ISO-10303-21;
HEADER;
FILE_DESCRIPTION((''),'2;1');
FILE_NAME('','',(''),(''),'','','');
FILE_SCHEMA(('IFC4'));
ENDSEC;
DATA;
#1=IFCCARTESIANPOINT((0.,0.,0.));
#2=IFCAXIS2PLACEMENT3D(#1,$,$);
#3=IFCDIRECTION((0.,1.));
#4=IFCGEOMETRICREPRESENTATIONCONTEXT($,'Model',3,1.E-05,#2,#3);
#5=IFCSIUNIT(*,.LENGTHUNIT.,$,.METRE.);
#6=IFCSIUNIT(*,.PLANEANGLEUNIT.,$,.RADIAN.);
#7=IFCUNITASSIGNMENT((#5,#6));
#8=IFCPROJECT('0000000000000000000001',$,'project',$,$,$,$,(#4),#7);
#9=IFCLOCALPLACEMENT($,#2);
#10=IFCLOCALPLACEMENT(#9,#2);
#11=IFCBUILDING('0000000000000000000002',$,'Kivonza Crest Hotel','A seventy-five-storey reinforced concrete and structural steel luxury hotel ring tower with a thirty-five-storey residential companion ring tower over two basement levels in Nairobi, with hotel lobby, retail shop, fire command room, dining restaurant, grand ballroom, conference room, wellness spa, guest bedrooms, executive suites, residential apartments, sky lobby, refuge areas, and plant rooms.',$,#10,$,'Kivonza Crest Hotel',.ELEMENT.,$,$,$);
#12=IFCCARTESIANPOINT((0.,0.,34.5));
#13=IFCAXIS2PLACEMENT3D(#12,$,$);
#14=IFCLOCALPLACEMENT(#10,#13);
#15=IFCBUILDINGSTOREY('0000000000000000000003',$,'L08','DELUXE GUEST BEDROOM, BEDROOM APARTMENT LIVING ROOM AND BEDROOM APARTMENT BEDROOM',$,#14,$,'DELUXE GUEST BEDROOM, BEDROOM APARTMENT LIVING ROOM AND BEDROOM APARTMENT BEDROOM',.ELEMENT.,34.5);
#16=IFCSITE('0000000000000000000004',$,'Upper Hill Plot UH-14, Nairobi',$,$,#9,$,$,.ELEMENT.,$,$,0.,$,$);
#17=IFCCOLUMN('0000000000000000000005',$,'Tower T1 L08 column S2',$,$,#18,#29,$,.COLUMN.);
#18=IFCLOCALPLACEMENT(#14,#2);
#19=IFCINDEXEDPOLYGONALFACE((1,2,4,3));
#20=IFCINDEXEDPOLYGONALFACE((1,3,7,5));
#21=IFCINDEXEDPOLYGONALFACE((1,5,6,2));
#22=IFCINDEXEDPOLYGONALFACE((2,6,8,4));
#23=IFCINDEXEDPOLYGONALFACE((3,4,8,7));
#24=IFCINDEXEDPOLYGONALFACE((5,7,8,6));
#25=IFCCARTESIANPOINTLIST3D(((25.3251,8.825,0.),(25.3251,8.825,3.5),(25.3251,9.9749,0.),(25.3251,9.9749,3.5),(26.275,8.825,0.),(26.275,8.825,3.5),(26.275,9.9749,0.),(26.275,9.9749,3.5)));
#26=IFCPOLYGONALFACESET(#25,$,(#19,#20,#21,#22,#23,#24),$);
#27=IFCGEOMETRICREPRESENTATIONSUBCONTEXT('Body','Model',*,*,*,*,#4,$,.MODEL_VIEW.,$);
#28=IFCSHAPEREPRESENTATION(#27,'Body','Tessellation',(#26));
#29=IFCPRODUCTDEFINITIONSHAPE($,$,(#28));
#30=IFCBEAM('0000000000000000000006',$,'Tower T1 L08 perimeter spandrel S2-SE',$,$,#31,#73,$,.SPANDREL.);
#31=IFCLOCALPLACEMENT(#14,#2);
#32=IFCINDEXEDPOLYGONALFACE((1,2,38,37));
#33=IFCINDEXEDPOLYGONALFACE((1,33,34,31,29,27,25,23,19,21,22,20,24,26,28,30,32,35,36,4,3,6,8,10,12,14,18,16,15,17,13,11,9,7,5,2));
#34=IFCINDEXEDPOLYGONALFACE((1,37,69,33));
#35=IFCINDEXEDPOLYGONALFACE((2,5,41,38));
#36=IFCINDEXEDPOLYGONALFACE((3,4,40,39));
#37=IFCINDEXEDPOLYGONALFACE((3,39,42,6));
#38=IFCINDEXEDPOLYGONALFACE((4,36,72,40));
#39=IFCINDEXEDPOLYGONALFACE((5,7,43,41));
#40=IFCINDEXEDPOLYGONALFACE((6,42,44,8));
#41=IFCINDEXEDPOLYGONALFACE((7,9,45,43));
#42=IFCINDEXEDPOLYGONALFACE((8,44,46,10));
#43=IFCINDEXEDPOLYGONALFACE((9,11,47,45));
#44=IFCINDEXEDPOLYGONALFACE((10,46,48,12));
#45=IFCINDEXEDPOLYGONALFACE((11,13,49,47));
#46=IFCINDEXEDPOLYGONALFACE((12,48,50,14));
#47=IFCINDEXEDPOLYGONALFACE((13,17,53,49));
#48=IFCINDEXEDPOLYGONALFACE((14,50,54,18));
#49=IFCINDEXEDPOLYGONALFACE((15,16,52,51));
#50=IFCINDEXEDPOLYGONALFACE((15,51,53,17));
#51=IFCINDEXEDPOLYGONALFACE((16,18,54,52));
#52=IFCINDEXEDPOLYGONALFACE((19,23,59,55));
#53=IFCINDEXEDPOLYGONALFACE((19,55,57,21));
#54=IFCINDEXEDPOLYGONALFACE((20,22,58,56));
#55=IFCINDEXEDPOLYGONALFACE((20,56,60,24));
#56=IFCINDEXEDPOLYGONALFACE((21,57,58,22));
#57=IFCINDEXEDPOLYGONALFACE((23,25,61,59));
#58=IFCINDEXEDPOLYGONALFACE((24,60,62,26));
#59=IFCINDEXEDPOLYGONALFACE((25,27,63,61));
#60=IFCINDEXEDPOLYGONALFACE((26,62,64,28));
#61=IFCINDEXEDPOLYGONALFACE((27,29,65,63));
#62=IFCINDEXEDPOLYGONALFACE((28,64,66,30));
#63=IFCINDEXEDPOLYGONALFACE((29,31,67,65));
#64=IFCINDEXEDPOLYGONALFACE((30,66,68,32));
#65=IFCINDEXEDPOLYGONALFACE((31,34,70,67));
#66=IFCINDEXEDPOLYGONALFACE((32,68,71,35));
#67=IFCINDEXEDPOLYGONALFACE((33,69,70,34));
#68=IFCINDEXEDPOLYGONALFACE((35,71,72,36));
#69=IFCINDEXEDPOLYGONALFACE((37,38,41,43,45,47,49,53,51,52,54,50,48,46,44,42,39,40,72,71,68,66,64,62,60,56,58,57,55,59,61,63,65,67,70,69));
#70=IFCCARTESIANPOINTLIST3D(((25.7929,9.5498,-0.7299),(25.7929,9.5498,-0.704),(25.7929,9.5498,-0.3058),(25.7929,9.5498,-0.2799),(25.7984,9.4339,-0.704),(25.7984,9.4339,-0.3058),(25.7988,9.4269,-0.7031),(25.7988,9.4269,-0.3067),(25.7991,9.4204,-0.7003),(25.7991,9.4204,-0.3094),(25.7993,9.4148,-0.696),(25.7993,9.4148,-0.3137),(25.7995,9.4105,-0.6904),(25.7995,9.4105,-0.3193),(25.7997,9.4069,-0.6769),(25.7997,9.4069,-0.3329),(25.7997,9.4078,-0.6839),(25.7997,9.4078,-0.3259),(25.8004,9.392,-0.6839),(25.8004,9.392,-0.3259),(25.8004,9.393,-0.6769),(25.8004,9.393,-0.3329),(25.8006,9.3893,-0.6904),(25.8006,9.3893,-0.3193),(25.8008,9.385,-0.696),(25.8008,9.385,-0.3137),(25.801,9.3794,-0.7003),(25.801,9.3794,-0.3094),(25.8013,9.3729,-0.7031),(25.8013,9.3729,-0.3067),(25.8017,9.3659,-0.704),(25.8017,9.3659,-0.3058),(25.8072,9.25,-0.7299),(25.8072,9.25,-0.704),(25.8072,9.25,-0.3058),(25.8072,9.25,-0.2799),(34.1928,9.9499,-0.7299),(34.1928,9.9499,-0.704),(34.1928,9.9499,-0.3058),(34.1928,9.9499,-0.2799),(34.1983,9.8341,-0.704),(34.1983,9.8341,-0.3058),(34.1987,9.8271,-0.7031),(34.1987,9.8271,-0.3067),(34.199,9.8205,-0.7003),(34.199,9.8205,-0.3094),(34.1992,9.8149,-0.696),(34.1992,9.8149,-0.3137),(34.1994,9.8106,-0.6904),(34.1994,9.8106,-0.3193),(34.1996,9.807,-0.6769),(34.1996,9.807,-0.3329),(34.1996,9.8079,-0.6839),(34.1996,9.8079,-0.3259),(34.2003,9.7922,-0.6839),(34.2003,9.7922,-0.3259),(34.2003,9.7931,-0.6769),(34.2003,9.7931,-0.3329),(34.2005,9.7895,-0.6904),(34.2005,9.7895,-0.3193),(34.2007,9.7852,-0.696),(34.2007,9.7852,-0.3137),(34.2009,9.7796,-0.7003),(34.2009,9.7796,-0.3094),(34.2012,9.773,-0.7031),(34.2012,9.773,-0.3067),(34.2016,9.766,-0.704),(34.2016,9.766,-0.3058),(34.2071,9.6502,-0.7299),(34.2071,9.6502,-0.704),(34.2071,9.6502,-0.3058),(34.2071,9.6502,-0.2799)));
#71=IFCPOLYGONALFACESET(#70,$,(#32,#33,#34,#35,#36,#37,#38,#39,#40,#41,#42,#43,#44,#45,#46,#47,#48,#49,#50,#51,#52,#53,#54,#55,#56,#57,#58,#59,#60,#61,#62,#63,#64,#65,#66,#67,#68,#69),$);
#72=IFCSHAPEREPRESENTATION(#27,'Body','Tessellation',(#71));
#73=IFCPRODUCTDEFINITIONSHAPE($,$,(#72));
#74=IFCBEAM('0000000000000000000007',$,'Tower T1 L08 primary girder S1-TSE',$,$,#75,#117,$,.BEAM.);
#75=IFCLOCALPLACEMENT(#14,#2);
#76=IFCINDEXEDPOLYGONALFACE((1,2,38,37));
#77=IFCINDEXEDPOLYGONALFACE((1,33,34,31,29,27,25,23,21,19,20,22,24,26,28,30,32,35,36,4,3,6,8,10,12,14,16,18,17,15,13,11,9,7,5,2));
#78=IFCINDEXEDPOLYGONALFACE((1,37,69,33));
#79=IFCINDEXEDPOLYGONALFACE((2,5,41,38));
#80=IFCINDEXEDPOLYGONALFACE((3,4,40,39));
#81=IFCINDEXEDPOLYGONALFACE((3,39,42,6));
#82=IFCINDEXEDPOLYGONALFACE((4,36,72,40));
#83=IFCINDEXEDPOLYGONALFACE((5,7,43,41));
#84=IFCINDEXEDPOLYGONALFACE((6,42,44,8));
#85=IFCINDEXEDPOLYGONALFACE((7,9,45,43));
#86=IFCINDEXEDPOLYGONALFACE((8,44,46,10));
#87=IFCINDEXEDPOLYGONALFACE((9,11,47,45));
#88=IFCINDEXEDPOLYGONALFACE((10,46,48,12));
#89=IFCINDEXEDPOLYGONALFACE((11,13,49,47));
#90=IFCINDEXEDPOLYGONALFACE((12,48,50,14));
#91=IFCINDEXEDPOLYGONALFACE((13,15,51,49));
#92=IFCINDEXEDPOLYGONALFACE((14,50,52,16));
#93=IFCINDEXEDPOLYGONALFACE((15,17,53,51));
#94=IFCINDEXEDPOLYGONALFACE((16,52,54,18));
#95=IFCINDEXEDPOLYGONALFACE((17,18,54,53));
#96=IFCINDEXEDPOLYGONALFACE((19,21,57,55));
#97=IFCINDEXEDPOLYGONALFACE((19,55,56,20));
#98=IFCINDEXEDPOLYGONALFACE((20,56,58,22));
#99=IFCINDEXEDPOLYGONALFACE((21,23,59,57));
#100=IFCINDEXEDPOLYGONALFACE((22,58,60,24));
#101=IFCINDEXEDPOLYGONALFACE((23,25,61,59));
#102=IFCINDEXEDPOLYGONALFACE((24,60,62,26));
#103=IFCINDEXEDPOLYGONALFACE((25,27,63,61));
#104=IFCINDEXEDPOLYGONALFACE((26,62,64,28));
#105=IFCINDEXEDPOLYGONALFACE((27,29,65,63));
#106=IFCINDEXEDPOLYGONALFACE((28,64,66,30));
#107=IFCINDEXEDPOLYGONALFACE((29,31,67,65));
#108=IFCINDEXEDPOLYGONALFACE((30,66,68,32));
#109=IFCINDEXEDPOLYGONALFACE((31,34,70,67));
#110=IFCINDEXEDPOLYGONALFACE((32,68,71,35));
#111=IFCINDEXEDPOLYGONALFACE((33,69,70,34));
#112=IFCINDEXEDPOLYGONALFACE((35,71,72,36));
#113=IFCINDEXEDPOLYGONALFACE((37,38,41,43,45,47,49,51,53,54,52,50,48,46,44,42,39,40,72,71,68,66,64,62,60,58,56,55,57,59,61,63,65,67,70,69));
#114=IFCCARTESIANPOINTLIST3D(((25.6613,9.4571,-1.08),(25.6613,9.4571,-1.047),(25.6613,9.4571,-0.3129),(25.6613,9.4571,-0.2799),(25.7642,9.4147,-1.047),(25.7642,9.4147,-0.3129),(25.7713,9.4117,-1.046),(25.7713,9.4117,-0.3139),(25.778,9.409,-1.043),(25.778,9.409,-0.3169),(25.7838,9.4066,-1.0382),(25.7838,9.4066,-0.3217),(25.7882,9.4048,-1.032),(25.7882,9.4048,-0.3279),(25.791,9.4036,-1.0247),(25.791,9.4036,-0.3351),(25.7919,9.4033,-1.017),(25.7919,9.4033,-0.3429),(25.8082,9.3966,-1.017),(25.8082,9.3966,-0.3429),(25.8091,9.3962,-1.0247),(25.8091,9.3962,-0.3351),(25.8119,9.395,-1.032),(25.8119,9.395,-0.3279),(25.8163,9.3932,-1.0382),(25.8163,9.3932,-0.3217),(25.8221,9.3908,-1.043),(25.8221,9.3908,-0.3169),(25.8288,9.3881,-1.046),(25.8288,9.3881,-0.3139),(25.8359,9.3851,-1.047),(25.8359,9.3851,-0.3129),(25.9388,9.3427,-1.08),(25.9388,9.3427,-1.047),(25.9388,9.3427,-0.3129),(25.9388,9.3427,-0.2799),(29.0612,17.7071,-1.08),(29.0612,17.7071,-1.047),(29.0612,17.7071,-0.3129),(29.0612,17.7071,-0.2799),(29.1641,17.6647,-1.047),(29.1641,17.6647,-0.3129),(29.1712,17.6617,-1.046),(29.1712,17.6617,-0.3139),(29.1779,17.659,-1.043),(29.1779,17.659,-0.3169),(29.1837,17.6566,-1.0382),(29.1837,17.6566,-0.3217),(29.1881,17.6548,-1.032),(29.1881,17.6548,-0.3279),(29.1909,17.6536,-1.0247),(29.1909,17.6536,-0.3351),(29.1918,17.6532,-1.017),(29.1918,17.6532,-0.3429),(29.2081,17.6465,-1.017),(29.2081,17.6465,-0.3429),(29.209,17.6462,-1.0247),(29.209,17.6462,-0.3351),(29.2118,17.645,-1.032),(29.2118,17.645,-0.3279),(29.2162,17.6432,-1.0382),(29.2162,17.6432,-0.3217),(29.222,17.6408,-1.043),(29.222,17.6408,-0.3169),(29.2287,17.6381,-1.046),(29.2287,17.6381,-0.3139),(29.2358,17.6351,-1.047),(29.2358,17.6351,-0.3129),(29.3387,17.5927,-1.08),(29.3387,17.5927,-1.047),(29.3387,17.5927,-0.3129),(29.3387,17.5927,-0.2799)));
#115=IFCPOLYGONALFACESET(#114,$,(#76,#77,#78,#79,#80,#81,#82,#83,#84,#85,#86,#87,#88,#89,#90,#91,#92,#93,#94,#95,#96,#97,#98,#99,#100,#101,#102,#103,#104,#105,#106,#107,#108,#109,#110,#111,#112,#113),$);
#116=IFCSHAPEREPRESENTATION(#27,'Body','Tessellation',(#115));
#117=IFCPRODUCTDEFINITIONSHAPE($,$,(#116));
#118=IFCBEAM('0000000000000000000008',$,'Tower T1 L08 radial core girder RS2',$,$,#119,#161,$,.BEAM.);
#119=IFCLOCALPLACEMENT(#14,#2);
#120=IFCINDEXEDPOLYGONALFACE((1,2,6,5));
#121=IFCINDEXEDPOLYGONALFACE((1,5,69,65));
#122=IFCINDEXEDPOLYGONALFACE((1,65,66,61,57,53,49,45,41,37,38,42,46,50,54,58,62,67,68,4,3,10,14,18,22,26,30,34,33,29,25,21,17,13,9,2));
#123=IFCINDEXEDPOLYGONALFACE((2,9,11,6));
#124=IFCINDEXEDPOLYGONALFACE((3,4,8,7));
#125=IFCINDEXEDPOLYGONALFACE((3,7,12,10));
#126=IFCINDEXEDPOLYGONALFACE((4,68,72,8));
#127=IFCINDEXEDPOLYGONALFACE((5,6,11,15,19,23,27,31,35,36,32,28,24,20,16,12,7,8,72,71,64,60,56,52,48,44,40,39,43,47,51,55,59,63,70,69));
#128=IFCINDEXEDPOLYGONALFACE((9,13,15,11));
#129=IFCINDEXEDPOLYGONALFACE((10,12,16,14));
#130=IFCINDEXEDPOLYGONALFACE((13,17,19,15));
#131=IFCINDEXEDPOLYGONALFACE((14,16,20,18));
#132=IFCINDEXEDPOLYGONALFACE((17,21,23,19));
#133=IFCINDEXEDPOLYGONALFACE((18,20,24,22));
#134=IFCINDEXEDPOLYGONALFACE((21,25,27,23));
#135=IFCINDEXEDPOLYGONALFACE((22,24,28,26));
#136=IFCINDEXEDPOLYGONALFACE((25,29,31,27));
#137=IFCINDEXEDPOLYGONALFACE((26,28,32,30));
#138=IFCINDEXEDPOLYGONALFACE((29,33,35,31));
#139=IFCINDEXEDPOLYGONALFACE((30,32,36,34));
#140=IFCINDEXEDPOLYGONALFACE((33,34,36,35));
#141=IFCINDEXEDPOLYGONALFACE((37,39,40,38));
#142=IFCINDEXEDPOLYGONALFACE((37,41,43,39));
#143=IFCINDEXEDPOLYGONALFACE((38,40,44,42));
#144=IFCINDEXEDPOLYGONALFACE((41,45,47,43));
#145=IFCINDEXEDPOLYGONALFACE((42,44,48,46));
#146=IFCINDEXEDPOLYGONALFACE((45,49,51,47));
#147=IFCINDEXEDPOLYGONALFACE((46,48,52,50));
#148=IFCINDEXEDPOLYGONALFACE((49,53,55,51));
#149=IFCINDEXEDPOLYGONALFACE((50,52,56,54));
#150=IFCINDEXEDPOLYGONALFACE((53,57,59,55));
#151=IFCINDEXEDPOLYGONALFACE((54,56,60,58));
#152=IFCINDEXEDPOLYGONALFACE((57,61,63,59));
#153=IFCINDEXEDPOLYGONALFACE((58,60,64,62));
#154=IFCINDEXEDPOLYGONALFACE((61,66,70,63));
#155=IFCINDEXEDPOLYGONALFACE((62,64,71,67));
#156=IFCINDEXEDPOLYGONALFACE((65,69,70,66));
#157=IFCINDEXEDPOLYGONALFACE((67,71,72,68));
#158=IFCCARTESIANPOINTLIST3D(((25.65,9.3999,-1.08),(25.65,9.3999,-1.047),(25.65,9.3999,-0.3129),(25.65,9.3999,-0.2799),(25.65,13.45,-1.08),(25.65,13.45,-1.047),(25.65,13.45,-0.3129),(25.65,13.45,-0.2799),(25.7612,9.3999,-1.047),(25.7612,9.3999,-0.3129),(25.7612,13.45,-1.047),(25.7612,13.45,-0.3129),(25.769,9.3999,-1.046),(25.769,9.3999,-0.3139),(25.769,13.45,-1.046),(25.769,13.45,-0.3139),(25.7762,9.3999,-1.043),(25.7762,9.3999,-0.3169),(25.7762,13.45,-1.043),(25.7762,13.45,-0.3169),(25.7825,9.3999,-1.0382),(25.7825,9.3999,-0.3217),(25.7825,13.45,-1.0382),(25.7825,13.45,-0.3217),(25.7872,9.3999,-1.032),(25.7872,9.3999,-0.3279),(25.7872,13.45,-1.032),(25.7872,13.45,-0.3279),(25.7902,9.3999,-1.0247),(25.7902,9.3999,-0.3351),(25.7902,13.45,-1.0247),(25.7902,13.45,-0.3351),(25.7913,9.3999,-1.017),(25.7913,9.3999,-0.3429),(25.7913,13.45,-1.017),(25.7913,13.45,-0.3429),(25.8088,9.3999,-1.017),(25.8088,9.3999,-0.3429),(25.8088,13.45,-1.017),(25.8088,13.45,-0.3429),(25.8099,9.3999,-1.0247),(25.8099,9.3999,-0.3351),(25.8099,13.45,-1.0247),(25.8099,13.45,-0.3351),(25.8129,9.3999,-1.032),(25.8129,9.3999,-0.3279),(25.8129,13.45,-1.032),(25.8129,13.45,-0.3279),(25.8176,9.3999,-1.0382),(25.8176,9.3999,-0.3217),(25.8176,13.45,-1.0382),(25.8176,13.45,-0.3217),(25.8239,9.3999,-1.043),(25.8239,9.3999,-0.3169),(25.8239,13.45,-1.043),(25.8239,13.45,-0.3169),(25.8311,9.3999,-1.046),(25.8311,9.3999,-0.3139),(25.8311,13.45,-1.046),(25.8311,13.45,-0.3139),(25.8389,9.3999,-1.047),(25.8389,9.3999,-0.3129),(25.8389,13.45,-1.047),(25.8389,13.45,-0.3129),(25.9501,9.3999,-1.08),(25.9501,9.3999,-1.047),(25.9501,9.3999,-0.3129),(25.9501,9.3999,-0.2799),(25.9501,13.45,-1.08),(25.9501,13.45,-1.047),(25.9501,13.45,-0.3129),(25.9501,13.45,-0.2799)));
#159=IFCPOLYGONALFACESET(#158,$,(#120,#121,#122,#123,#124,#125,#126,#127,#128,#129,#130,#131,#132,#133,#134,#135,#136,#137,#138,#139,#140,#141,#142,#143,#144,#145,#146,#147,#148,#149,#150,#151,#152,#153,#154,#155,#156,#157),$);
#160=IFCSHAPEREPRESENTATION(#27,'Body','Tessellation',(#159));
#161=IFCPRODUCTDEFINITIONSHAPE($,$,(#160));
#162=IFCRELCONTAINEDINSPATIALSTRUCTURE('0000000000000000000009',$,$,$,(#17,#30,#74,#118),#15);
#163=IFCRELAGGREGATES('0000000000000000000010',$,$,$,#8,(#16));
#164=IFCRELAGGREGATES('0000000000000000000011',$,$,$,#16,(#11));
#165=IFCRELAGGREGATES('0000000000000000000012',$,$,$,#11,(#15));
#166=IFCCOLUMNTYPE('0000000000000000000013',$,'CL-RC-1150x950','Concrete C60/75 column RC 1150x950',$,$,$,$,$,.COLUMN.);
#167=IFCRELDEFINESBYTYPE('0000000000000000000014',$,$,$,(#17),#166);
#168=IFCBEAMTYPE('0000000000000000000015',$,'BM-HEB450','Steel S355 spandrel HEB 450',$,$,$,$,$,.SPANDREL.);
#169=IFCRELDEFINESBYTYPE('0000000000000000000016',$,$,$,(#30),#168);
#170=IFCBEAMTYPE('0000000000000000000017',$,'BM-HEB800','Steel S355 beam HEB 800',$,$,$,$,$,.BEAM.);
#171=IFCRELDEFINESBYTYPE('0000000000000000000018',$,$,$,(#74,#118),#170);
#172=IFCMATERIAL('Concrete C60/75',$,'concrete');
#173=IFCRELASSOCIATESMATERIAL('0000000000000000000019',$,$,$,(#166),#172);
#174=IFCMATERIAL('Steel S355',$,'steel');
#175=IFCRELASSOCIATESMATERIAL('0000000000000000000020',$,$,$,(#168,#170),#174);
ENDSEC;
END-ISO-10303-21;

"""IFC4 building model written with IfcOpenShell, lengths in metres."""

from ifc_helpers import new_model, si_unit, direction, frame, origin, origin_2d, place, context, subcontext, project, spatial, rectangle, i_section, extrude, material, material_profile, profile_set, type_object, element, save


model = new_model("IFC4")

# Units and contexts
model_context = context("Model", 3, precision=1e-05, world=origin(), true_north=direction((0.0, 1.0)))
body_context = subcontext(model_context, "Body", "Model", "MODEL_VIEW")
ifc_project = project(units=[si_unit("LENGTHUNIT", "METRE"), si_unit("PLANEANGLEUNIT", "RADIAN")], contexts=[model_context])

# Site, building, storey
site_placement = place(None, origin())
site = spatial("IfcSite", under=ifc_project, at=site_placement, Name="Upper Hill Plot UH-14, Nairobi", CompositionType="ELEMENT", RefElevation=0.0)
building_placement = place(site_placement, origin())
building = spatial("IfcBuilding", under=site, at=building_placement, Name="Kivonza Crest Hotel", Description="A seventy-five-storey reinforced concrete and structural steel luxury hotel ring tower with a thirty-five-storey residential companion ring tower over two basement levels in Nairobi, with hotel lobby, retail shop, fire command room, dining restaurant, grand ballroom, conference room, wellness spa, guest bedrooms, executive suites, residential apartments, sky lobby, refuge areas, and plant rooms.", LongName="Kivonza Crest Hotel", CompositionType="ELEMENT")
storey_placement = place(building_placement, frame((0.0, 0.0, 34.5)))
storey = spatial("IfcBuildingStorey", under=building, at=storey_placement, Name="L08", Description="DELUXE GUEST BEDROOM, BEDROOM APARTMENT LIVING ROOM AND BEDROOM APARTMENT BEDROOM", LongName="DELUXE GUEST BEDROOM, BEDROOM APARTMENT LIVING ROOM AND BEDROOM APARTMENT BEDROOM", CompositionType="ELEMENT", Elevation=34.5)

# Column
ifc_material_1 = material(Name="Concrete C60/75", Category="concrete")
ifc_material_profile_1 = material_profile(ifc_material_1, rectangle(XDim=0.95, YDim=1.1499, at=origin_2d()), Name="RC 1150x950")
ifc_profile_set_1 = profile_set([ifc_material_profile_1], Name="Concrete C60/75")
column_type = type_object("IfcColumnType", Name="CL-RC-1150x950", Description="Concrete C60/75 column RC 1150x950", PredefinedType="COLUMN", material=ifc_profile_set_1)
column_placement = place(storey_placement, frame((25.8, 9.3999, 0.0), z_axis=(0.0, 0.0, 1.0), x_axis=(1.0, 0.0, 0.0)))
element("IfcColumn", 1, at=column_placement, inside=storey, type_object=column_type, Name="Tower T1 L08 column S2", PredefinedType="COLUMN", context=body_context, shape_type="SweptSolid", body=[
    extrude(rectangle(XDim=0.95, YDim=1.1499, at=origin_2d()), origin(), (0.0, 0.0, 1.0), 3.5),
])

# Beams
ifc_material_2 = material(Name="Steel S355", Category="steel")
ifc_material_profile_2 = material_profile(ifc_material_2, i_section(OverallWidth=0.3, OverallDepth=0.45, WebThickness=0.0139, FlangeThickness=0.0259, FilletRadius=0.0271, at=origin_2d()), Name="HEB 450")
ifc_profile_set_2 = profile_set([ifc_material_profile_2], Name="Steel S355")
beam_type_1 = type_object("IfcBeamType", Name="BM-HEB450", Description="Steel S355 spandrel HEB 450", PredefinedType="SPANDREL", material=ifc_profile_set_2)
beam_1_placement = place(storey_placement, frame((25.8, 9.3999, -0.5049), z_axis=(0.998867, 0.047583, 0.0), x_axis=(-0.047583, 0.998867, 0.0)))
element("IfcBeam", 2, at=beam_1_placement, inside=storey, type_object=beam_type_1, Name="Tower T1 L08 perimeter spandrel S2-SE", PredefinedType="SPANDREL", context=body_context, shape_type="SweptSolid", body=[
    extrude(i_section(OverallWidth=0.3, OverallDepth=0.45, WebThickness=0.0139, FlangeThickness=0.0259, FilletRadius=0.0271, at=origin_2d()), origin(), (0.0, 0.0, 1.0), 8.4094),
])
ifc_material_profile_3 = material_profile(ifc_material_2, i_section(OverallWidth=0.3, OverallDepth=0.8, WebThickness=0.0176, FlangeThickness=0.033, FilletRadius=0.03, at=origin_2d()), Name="HEB 800")
ifc_profile_set_3 = profile_set([ifc_material_profile_3], Name="Steel S355")
beam_type_2 = type_object("IfcBeamType", Name="BM-HEB800", Description="Steel S355 beam HEB 800", PredefinedType="BEAM", material=ifc_profile_set_3)
beam_2_placement = place(storey_placement, frame((25.8, 9.3999, -0.6799), z_axis=(0.381022, 0.924566, 0.0), x_axis=(-0.924566, 0.381022, 0.0)))
element("IfcBeam", 3, at=beam_2_placement, inside=storey, type_object=beam_type_2, Name="Tower T1 L08 primary girder S1-TSE", PredefinedType="BEAM", context=body_context, shape_type="SweptSolid", body=[
    extrude(i_section(OverallWidth=0.3, OverallDepth=0.8, WebThickness=0.0176, FlangeThickness=0.033, FilletRadius=0.03, at=origin_2d()), origin(), (0.0, 0.0, 1.0), 8.9231),
])
beam_3_placement = place(storey_placement, frame((25.8, 9.3999, -0.6799), z_axis=(0.0, 1.0, 0.0), x_axis=(-1.0, 0.0, 0.0)))
element("IfcBeam", 4, at=beam_3_placement, inside=storey, type_object=beam_type_2, Name="Tower T1 L08 radial core girder RS2", PredefinedType="BEAM", context=body_context, shape_type="SweptSolid", body=[
    extrude(i_section(OverallWidth=0.3, OverallDepth=0.8, WebThickness=0.0176, FlangeThickness=0.033, FilletRadius=0.03, at=origin_2d()), origin(), (0.0, 0.0, 1.0), 4.05),
])

save(model, "model.ifc")
